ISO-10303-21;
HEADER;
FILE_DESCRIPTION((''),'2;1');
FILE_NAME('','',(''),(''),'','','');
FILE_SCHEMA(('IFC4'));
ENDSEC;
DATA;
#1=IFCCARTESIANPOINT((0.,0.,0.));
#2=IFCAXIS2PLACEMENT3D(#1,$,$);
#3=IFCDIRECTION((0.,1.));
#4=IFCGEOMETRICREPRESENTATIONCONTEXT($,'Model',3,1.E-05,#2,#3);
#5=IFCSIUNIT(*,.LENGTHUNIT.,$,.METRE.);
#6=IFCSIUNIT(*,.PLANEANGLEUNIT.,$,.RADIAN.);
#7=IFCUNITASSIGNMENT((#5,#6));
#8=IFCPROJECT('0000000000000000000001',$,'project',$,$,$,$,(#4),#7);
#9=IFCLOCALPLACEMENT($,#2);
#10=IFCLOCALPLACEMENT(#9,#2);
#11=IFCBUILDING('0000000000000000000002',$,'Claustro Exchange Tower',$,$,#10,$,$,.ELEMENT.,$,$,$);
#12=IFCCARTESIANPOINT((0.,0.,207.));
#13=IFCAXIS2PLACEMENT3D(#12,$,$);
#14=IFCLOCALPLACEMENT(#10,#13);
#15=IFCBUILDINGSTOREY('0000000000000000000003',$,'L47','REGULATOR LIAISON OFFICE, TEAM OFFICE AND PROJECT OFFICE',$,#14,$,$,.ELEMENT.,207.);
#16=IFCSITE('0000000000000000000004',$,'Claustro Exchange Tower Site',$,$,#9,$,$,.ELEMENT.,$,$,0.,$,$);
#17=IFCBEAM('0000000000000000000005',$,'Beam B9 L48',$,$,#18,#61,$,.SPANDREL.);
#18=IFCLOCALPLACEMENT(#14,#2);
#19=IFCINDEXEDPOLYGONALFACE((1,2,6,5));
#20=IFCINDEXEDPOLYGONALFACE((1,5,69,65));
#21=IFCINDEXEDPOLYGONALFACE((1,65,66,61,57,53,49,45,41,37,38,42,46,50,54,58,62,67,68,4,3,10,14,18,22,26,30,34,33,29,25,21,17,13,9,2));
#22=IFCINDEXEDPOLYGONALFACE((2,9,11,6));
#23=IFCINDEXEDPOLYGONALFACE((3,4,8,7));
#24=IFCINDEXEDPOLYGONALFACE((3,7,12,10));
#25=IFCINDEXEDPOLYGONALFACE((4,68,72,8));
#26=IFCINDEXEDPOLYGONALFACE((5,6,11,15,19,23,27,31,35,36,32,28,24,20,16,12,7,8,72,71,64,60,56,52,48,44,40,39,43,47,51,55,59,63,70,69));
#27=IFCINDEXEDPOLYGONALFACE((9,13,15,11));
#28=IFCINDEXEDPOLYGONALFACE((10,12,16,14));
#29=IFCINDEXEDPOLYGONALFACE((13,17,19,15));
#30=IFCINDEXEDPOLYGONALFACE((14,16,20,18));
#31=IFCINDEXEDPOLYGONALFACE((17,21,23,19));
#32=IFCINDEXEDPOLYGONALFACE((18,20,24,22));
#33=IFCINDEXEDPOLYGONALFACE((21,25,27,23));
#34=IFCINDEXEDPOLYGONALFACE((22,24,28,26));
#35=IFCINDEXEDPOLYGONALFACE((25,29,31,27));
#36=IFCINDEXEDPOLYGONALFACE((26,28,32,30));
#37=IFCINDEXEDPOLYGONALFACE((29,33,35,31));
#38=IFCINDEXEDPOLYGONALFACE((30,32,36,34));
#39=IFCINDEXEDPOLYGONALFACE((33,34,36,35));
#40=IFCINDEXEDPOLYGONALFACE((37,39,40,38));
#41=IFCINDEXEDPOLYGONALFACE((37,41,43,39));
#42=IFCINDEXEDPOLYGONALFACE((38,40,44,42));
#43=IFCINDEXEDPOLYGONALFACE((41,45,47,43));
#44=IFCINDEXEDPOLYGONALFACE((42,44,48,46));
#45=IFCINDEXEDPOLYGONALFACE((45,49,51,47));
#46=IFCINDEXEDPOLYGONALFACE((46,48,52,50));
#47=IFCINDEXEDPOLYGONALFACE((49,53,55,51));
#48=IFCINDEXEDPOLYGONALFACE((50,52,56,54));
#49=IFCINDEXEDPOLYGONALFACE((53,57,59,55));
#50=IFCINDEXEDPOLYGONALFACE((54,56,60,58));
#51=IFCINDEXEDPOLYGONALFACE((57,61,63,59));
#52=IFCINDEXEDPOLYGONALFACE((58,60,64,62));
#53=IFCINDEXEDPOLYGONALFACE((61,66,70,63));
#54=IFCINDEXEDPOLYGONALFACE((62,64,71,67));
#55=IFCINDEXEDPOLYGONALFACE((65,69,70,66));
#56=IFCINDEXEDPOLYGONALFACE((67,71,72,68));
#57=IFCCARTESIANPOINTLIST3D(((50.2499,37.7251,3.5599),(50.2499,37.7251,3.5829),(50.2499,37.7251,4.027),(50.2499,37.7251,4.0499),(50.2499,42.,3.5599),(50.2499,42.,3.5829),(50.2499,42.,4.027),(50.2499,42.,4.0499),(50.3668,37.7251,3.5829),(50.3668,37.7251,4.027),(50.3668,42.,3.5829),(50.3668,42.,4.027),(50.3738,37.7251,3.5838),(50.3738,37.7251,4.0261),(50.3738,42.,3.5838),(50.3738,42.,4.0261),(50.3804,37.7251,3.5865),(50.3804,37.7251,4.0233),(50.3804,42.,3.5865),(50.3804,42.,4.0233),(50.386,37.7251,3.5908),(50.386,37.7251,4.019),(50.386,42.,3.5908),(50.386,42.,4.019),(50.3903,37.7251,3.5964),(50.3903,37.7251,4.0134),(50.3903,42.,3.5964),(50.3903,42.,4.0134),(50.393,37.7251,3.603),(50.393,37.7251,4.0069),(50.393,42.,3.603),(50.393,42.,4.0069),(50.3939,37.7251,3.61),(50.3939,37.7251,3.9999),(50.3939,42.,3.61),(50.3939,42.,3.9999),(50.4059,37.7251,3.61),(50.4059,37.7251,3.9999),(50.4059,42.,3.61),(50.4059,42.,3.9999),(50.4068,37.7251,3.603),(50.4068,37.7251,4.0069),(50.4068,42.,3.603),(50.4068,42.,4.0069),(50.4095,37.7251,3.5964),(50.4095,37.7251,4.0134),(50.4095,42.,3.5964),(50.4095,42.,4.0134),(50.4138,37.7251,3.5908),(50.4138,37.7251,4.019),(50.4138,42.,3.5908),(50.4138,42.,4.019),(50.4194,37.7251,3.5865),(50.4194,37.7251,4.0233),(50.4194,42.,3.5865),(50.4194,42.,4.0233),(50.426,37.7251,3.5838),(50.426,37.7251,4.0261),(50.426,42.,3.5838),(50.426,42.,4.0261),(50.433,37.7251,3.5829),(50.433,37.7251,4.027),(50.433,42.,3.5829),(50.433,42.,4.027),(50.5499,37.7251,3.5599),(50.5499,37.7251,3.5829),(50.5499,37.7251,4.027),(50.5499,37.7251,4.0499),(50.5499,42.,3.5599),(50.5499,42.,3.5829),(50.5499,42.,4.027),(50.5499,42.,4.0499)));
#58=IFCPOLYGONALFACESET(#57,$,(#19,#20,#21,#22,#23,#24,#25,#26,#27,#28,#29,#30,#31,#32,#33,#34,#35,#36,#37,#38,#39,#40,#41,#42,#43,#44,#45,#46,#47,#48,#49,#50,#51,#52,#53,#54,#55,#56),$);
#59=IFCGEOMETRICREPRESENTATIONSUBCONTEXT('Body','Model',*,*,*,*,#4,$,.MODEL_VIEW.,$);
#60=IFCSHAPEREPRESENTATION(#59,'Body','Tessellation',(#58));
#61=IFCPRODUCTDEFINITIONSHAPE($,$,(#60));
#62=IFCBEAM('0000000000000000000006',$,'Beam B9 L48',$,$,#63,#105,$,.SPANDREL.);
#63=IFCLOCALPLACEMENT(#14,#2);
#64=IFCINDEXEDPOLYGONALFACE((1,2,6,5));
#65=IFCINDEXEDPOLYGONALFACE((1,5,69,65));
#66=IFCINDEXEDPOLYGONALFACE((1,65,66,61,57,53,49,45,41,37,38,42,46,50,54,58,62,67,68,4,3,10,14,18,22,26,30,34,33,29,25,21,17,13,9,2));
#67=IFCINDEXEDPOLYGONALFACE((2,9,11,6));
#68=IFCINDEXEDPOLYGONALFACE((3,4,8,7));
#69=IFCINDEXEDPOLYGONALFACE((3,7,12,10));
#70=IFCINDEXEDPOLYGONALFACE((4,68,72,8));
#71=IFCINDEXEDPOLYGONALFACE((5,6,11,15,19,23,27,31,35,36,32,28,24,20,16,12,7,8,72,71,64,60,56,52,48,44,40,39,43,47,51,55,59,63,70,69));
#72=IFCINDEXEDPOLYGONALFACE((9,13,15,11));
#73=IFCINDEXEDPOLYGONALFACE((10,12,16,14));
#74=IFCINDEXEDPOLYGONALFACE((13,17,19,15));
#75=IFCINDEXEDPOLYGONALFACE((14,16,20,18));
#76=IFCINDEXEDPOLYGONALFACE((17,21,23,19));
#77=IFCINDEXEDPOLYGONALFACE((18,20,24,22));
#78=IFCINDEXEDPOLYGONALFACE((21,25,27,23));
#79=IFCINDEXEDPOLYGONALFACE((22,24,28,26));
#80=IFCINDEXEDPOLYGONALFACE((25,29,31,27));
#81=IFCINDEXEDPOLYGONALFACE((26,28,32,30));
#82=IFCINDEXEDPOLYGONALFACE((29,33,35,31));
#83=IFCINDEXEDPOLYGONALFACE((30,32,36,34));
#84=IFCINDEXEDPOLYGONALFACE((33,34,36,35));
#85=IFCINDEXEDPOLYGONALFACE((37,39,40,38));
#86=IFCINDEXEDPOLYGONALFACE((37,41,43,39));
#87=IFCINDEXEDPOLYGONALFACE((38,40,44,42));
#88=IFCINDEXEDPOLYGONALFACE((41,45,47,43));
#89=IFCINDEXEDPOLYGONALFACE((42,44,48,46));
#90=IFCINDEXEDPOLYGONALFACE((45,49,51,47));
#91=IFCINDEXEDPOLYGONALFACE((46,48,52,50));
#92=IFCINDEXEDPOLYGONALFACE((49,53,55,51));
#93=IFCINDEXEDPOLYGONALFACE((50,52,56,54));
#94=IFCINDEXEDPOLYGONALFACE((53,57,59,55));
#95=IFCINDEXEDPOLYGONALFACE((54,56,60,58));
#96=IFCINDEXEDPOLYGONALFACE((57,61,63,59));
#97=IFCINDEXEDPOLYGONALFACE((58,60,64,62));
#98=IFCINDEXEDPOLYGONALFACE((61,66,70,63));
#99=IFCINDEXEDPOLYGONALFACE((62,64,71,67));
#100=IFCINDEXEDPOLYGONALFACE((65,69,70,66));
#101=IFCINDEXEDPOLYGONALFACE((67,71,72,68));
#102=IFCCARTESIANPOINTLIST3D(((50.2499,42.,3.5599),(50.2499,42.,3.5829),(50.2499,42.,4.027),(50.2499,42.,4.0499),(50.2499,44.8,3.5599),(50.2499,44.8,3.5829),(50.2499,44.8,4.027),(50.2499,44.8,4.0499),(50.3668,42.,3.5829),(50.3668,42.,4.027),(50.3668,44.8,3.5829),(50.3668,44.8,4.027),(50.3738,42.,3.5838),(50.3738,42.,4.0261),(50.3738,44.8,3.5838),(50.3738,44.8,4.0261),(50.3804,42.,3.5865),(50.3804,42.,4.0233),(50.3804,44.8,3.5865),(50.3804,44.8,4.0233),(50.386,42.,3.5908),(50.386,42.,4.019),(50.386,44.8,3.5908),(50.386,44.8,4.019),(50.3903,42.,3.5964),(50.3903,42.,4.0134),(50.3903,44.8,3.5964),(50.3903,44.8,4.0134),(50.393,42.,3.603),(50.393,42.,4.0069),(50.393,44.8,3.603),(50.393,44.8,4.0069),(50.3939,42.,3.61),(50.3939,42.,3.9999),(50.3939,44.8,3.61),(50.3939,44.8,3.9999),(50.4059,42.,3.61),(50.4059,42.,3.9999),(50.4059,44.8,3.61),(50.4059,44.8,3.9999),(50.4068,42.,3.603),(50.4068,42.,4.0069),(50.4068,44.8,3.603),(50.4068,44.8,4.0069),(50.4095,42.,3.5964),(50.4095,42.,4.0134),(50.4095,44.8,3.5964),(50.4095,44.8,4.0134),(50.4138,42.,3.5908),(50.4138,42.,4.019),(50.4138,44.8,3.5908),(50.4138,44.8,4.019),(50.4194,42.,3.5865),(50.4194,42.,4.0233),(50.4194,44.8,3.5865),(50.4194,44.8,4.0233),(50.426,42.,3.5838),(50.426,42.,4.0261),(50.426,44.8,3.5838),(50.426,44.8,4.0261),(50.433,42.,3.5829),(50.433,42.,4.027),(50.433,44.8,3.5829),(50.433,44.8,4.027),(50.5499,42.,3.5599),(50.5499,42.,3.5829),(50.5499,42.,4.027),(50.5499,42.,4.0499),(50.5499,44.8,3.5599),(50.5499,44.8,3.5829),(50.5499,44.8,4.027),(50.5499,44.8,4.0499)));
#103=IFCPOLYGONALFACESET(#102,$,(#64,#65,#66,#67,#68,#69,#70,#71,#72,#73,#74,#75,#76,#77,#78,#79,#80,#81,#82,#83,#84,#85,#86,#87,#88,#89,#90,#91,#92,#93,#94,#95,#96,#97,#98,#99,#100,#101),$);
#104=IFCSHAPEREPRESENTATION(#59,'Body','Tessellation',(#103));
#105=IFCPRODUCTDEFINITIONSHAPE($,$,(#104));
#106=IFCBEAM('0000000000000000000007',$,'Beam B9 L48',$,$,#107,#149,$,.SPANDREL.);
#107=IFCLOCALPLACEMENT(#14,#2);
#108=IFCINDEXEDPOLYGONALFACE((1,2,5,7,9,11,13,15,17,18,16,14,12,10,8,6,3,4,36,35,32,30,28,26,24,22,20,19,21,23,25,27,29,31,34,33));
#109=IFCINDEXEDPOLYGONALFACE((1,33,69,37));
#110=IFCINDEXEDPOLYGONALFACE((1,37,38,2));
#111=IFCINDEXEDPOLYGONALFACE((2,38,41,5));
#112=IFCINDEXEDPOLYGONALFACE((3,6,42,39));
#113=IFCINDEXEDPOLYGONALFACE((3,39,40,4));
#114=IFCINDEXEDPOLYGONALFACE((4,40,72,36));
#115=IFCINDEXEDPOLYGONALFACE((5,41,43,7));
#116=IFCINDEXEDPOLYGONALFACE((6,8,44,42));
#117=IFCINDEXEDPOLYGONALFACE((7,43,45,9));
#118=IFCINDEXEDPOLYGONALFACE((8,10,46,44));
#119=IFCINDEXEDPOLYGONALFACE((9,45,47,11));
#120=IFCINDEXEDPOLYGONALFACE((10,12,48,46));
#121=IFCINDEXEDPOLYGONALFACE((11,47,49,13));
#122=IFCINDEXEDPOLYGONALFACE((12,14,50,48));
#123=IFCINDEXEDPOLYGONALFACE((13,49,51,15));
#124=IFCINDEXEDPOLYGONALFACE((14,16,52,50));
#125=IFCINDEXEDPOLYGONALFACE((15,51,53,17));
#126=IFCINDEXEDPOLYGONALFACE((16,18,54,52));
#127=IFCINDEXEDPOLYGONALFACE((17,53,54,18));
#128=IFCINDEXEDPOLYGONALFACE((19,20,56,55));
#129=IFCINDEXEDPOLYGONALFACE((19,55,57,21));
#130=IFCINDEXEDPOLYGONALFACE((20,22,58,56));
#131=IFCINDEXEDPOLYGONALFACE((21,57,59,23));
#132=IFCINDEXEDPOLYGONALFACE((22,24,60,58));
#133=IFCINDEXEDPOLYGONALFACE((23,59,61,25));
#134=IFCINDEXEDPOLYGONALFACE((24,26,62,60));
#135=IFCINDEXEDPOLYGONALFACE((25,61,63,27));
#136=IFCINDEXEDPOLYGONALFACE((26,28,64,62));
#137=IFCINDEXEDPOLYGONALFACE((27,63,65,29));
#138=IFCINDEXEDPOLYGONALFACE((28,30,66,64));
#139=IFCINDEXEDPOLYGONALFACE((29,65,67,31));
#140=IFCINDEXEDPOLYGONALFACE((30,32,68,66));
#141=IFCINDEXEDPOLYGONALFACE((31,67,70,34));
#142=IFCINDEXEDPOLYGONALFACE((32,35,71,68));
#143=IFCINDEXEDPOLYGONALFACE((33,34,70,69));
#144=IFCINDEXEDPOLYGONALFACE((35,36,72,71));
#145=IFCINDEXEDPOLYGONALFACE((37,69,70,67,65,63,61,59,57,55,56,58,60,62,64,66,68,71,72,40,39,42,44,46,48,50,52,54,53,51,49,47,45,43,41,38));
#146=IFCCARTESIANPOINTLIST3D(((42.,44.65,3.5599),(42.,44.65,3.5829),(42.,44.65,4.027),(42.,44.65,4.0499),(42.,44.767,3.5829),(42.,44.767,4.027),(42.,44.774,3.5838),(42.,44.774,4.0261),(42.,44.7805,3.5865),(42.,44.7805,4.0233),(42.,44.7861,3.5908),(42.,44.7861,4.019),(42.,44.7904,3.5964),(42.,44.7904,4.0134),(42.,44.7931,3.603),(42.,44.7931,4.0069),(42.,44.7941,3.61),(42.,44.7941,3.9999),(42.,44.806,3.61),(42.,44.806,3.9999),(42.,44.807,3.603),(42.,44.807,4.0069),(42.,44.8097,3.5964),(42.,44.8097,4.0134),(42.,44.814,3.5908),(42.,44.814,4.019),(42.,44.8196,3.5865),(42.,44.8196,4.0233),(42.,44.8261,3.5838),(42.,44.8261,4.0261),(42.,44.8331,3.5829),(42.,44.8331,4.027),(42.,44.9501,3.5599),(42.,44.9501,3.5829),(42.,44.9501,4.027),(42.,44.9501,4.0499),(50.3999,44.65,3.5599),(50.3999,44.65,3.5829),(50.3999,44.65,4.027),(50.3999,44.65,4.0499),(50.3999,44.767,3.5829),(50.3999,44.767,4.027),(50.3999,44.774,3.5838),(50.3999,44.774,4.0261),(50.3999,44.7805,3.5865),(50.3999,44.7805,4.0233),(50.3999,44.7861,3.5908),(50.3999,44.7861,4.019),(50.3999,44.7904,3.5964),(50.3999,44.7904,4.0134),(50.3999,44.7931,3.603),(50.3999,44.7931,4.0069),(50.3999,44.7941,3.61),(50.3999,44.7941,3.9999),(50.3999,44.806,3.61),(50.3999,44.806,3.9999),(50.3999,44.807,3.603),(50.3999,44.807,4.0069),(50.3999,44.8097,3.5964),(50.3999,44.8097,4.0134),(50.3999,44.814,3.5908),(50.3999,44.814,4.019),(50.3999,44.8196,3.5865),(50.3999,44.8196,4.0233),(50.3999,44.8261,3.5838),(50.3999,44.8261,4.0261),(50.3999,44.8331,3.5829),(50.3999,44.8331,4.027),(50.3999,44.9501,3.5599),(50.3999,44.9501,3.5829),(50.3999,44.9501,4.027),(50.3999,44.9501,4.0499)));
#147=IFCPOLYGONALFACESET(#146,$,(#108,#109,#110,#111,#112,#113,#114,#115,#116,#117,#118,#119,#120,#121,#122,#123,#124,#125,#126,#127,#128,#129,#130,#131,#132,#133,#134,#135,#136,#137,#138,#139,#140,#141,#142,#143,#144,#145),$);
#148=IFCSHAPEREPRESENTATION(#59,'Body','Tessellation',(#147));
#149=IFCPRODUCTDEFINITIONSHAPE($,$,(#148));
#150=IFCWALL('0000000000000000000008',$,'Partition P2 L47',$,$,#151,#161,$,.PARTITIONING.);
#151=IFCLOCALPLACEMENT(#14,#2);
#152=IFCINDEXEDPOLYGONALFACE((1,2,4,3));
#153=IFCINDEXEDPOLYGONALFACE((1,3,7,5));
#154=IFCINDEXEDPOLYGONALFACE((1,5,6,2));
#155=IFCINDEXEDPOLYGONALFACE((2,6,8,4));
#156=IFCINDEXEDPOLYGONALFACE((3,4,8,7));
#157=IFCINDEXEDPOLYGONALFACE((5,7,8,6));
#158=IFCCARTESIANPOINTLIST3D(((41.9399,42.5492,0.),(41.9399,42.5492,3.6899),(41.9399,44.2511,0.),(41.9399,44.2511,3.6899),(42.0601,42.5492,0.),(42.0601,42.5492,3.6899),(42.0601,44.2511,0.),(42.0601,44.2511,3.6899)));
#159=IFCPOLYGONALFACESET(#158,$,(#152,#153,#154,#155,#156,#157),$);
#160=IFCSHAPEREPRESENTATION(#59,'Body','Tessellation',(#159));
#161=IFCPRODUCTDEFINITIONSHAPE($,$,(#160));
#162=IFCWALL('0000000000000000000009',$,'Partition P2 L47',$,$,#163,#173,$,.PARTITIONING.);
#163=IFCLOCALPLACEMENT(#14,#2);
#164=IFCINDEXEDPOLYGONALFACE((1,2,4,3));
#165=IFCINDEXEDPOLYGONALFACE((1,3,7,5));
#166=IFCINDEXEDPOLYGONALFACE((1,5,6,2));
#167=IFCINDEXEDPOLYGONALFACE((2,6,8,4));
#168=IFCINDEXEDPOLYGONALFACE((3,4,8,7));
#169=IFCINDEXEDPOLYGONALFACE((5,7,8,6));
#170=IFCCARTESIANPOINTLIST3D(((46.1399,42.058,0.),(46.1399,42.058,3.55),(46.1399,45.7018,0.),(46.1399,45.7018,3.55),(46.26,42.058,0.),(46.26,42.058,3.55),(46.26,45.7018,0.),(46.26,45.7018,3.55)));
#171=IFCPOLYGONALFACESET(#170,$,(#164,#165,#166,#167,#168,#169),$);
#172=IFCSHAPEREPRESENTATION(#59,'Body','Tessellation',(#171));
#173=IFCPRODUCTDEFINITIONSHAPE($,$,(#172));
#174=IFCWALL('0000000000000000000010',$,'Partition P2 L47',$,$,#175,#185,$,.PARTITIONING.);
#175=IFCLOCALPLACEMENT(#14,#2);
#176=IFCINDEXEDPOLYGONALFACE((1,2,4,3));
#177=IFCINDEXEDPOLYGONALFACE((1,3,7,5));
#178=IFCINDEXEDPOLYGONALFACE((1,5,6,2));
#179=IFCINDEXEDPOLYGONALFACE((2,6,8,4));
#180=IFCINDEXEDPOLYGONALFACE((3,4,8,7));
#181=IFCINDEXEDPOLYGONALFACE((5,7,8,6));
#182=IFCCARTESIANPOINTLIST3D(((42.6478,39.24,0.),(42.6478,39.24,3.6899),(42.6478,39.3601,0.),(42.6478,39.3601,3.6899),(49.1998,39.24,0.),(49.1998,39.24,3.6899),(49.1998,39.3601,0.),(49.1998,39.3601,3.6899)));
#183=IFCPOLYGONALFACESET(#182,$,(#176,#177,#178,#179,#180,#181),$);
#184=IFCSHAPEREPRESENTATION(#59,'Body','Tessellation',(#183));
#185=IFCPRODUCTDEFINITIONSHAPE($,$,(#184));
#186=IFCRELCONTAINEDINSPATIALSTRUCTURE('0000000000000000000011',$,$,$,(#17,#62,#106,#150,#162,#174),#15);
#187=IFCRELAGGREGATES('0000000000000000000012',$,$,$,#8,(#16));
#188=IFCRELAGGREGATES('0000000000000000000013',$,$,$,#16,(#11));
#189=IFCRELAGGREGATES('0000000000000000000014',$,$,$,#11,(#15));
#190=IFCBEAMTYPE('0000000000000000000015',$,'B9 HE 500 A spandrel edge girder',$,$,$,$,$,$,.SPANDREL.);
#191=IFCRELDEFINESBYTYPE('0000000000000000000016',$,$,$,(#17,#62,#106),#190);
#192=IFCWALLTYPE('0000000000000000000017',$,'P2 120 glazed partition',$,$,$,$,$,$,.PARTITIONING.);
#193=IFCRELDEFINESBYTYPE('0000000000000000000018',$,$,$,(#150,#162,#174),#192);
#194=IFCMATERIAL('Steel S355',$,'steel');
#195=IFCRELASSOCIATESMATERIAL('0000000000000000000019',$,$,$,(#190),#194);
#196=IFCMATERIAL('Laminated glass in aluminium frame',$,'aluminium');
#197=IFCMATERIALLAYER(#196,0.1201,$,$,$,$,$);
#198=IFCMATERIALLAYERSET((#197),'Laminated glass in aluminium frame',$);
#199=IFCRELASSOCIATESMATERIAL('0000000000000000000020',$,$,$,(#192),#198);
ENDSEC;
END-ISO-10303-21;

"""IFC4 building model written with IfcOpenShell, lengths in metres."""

from ifc_helpers import new_model, si_unit, direction, frame, frame_2d, origin, origin_2d, place, context, subcontext, project, spatial, rectangle, i_section, extrude, material, layer, layer_set, material_profile, profile_set, type_object, element, save


model = new_model("IFC4")

# Units and contexts
model_context = context("Model", 3, precision=1e-05, world=origin(), true_north=direction((0.0, 1.0)))
body_context = subcontext(model_context, "Body", "Model", "MODEL_VIEW")
ifc_project = project(units=[si_unit("LENGTHUNIT", "METRE"), si_unit("PLANEANGLEUNIT", "RADIAN")], contexts=[model_context])

# Site, building, storey
site_placement = place(None, origin())
site = spatial("IfcSite", under=ifc_project, at=site_placement, Name="Claustro Exchange Tower Site", CompositionType="ELEMENT", RefElevation=0.0)
building_placement = place(site_placement, origin())
building = spatial("IfcBuilding", under=site, at=building_placement, Name="Claustro Exchange Tower", CompositionType="ELEMENT")
storey_placement = place(building_placement, frame((0.0, 0.0, 207.0)))
storey = spatial("IfcBuildingStorey", under=building, at=storey_placement, Name="L47", Description="REGULATOR LIAISON OFFICE, TEAM OFFICE AND PROJECT OFFICE", CompositionType="ELEMENT", Elevation=207.0)

# Beams
ifc_material_1 = material(Name="Steel S355", Category="steel")
ifc_material_profile_1 = material_profile(ifc_material_1, i_section(OverallWidth=0.3, OverallDepth=0.49, WebThickness=0.012, FlangeThickness=0.0229, FilletRadius=0.0271, at=origin_2d()), Name="HE 500 A")
ifc_profile_set_1 = profile_set([ifc_material_profile_1], Name="Steel S355")
beam_type_1 = type_object("IfcBeamType", Name="B9 HE 500 A spandrel edge girder", PredefinedType="SPANDREL", material=ifc_profile_set_1)
beam_1_placement = place(storey_placement, frame((50.3999, 37.7251, 3.8049), z_axis=(0.0, 1.0, 0.0), x_axis=(-1.0, 0.0, 0.0)))
element("IfcBeam", 1, at=beam_1_placement, inside=storey, type_object=beam_type_1, Name="Beam B9 L48", PredefinedType="SPANDREL", context=body_context, shape_type="SweptSolid", body=[
    extrude(i_section(OverallWidth=0.3, OverallDepth=0.49, WebThickness=0.012, FlangeThickness=0.0229, FilletRadius=0.0271, at=origin_2d()), origin(), (0.0, 0.0, 1.0), 4.2749),
])
beam_2_placement = place(storey_placement, frame((50.3999, 42.0, 3.8049), z_axis=(0.0, 1.0, 0.0), x_axis=(-1.0, 0.0, 0.0)))
element("IfcBeam", 2, at=beam_2_placement, inside=storey, type_object=beam_type_1, Name="Beam B9 L48", PredefinedType="SPANDREL", context=body_context, shape_type="SweptSolid", body=[
    extrude(i_section(OverallWidth=0.3, OverallDepth=0.49, WebThickness=0.012, FlangeThickness=0.0229, FilletRadius=0.0271, at=origin_2d()), origin(), (0.0, 0.0, 1.0), 2.8),
])
beam_3_placement = place(storey_placement, frame((42.0, 44.8, 3.8049), z_axis=(1.0, 0.0, 0.0), x_axis=(0.0, 1.0, 0.0)))
element("IfcBeam", 3, at=beam_3_placement, inside=storey, type_object=beam_type_1, Name="Beam B9 L48", PredefinedType="SPANDREL", context=body_context, shape_type="SweptSolid", body=[
    extrude(i_section(OverallWidth=0.3, OverallDepth=0.49, WebThickness=0.012, FlangeThickness=0.0229, FilletRadius=0.0271, at=origin_2d()), origin(), (0.0, 0.0, 1.0), 8.3999),
])

# Shared definitions
ifc_material_2 = material(Name="Laminated glass in aluminium frame", Category="aluminium")
ifc_layer_1 = layer(ifc_material_2, 0.1201)
ifc_layer_set_1 = layer_set([ifc_layer_1], Name="Laminated glass in aluminium frame")
wall_type_1 = type_object("IfcWallType", Name="P2 120 glazed partition", PredefinedType="PARTITIONING", material=ifc_layer_set_1)

# Walls
wall_1_placement = place(storey_placement, frame((42.0, 42.5491, 0.0), z_axis=(0.0, 0.0, 1.0), x_axis=(0.0, 1.0, 0.0)))
element("IfcWall", 4, at=wall_1_placement, inside=storey, type_object=wall_type_1, Name="Partition P2 L47", PredefinedType="PARTITIONING", context=body_context, shape_type="SweptSolid", body=[
    extrude(rectangle(XDim=1.7019, YDim=0.1201, at=frame_2d((0.8511, 0.0))), origin(), (0.0, 0.0, 1.0), 3.6899),
])
wall_2_placement = place(storey_placement, frame((46.2, 42.0581, 0.0), z_axis=(0.0, 0.0, 1.0), x_axis=(0.0, 1.0, 0.0)))
element("IfcWall", 5, at=wall_2_placement, inside=storey, type_object=wall_type_1, Name="Partition P2 L47", PredefinedType="PARTITIONING", context=body_context, shape_type="SweptSolid", body=[
    extrude(rectangle(XDim=3.6438, YDim=0.1201, at=frame_2d((1.8218, 0.0))), origin(), (0.0, 0.0, 1.0), 3.55),
])
wall_3_placement = place(storey_placement, frame((42.6479, 39.3, 0.0), z_axis=(0.0, 0.0, 1.0), x_axis=(1.0, 0.0, 0.0)))
element("IfcWall", 6, at=wall_3_placement, inside=storey, type_object=wall_type_1, Name="Partition P2 L47", PredefinedType="PARTITIONING", context=body_context, shape_type="SweptSolid", body=[
    extrude(rectangle(XDim=6.552, YDim=0.1201, at=frame_2d((3.2759, 0.0))), origin(), (0.0, 0.0, 1.0), 3.6899),
])

save(model, "model.ifc")
